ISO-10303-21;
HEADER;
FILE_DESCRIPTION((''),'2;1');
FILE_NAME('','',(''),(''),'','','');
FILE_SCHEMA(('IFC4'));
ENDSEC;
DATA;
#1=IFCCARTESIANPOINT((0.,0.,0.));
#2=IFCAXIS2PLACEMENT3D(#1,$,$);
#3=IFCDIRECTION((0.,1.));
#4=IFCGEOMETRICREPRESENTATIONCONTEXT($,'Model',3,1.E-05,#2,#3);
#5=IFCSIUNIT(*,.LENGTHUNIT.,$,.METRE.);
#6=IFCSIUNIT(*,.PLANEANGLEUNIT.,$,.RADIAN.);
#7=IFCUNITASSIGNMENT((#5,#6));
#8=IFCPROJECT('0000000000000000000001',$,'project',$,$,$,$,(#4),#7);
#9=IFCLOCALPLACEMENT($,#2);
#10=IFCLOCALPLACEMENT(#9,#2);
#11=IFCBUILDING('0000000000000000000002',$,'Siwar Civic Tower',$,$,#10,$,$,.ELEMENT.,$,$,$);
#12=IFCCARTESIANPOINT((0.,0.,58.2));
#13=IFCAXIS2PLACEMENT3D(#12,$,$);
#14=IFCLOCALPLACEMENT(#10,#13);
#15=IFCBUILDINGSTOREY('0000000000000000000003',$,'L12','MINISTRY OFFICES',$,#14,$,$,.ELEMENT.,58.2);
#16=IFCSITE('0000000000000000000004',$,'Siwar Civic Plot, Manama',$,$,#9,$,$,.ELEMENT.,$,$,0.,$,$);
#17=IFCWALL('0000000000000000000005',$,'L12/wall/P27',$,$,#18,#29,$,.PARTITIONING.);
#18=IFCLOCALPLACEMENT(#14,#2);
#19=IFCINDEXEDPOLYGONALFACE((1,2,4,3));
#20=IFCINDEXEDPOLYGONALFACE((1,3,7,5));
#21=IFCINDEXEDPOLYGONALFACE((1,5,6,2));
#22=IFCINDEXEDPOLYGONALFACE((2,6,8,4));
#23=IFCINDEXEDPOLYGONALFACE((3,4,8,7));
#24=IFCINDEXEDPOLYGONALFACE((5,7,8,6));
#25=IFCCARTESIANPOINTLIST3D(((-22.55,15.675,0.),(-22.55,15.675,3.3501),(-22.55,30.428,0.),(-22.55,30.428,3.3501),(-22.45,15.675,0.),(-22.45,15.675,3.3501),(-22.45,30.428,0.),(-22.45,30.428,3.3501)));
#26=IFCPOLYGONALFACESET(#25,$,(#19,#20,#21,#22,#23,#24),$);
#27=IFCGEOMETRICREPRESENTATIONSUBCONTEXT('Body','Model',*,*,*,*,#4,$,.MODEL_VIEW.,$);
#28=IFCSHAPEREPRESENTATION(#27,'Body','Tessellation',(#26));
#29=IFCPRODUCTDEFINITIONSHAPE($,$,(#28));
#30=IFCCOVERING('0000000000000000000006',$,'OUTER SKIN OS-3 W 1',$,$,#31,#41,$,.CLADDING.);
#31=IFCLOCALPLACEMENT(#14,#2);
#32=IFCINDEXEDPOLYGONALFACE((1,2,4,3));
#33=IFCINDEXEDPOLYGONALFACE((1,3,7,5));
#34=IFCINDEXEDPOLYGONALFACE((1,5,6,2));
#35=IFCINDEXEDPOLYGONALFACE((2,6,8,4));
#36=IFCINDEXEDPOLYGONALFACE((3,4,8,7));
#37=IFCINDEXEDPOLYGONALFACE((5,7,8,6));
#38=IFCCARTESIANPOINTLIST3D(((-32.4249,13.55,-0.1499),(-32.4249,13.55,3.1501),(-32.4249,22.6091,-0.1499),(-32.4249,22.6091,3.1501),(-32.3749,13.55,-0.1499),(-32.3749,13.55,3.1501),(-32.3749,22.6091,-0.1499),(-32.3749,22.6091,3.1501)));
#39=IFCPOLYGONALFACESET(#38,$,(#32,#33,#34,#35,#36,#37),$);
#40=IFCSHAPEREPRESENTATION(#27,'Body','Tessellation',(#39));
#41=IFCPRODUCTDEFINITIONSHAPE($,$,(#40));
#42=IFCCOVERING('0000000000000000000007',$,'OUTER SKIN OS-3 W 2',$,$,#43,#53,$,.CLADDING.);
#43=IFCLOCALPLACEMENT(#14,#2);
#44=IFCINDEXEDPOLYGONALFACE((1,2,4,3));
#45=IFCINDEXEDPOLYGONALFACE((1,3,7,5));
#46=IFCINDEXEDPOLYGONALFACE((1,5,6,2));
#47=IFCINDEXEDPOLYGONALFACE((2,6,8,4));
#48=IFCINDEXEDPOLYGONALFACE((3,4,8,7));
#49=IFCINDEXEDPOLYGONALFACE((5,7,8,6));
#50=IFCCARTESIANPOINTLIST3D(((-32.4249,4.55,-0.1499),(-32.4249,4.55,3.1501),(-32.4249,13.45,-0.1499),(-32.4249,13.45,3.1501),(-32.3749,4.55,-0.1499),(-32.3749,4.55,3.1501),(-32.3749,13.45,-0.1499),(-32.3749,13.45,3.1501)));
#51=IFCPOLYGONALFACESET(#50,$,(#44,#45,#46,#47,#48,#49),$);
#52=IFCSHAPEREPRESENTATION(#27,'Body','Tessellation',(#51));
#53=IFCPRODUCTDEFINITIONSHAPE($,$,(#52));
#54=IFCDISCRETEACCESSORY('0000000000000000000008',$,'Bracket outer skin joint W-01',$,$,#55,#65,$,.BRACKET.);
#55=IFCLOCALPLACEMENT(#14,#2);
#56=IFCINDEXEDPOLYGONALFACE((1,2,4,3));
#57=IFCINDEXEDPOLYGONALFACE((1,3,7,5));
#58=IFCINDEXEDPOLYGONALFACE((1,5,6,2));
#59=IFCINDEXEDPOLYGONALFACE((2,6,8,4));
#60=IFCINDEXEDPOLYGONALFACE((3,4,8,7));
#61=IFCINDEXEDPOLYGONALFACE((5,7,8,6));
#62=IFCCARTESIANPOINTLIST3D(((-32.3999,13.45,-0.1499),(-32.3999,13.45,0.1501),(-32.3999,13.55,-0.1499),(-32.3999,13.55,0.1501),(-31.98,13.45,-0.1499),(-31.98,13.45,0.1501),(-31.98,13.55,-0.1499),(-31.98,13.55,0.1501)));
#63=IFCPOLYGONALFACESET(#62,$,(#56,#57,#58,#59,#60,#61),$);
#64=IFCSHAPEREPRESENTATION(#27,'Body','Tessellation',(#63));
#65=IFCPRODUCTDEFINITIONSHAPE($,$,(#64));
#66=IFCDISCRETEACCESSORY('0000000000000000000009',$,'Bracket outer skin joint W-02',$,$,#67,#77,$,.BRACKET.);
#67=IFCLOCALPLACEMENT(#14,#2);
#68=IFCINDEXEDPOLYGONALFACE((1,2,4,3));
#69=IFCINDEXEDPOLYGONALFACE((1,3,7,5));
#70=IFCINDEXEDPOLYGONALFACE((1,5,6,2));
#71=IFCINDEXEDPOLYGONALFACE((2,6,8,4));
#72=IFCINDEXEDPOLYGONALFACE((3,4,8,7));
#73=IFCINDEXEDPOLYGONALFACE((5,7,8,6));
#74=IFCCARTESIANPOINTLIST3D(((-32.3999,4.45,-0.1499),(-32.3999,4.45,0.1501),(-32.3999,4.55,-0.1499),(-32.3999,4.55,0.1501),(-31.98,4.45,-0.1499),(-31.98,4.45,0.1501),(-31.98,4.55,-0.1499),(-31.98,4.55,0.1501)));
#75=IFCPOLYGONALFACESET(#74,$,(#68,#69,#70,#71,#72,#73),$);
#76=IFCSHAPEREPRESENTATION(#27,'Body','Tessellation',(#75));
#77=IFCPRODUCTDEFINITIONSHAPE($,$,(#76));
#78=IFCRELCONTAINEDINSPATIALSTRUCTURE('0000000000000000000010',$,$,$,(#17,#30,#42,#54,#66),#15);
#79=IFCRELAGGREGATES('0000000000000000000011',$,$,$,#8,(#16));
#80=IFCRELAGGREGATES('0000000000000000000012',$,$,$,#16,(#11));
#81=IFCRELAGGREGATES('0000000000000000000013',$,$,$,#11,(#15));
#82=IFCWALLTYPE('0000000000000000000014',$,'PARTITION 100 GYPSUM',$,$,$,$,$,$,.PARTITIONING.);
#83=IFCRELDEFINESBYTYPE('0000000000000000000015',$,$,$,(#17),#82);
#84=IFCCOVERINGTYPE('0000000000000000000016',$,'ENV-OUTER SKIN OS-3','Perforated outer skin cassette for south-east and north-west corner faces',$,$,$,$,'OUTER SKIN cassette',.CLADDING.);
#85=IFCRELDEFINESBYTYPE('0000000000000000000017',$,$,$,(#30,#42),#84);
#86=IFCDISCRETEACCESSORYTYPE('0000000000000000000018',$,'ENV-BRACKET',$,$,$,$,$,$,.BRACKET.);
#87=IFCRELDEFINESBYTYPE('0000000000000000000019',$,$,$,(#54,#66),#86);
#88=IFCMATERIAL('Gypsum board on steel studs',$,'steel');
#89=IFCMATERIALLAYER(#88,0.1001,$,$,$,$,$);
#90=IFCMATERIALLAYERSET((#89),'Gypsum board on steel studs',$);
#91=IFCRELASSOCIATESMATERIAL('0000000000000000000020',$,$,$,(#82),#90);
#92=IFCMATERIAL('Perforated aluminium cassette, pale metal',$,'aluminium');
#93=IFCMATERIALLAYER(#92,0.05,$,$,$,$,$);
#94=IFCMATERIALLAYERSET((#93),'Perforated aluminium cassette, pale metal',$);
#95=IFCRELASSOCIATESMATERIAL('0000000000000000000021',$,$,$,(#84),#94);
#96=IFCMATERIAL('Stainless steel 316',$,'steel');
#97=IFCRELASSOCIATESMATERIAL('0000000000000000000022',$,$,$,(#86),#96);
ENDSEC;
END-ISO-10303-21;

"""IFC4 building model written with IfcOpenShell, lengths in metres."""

from ifc_helpers import new_model, si_unit, direction, frame, frame_2d, origin, origin_2d, place, context, subcontext, project, spatial, rectangle, extrude, material, layer, layer_set, type_object, element, save


model = new_model("IFC4")

# Units and contexts
model_context = context("Model", 3, precision=1e-05, world=origin(), true_north=direction((0.0, 1.0)))
body_context = subcontext(model_context, "Body", "Model", "MODEL_VIEW")
ifc_project = project(units=[si_unit("LENGTHUNIT", "METRE"), si_unit("PLANEANGLEUNIT", "RADIAN")], contexts=[model_context])

# Site, building, storey
site_placement = place(None, origin())
site = spatial("IfcSite", under=ifc_project, at=site_placement, Name="Siwar Civic Plot, Manama", CompositionType="ELEMENT", RefElevation=0.0)
building_placement = place(site_placement, origin())
building = spatial("IfcBuilding", under=site, at=building_placement, Name="Siwar Civic Tower", CompositionType="ELEMENT")
storey_placement = place(building_placement, frame((0.0, 0.0, 58.2)))
storey = spatial("IfcBuildingStorey", under=building, at=storey_placement, Name="L12", Description="MINISTRY OFFICES", CompositionType="ELEMENT", Elevation=58.2)

# Shared definitions
ifc_material_1 = material(Name="Gypsum board on steel studs", Category="steel")
ifc_layer_1 = layer(ifc_material_1, 0.1001)
ifc_layer_set_1 = layer_set([ifc_layer_1], Name="Gypsum board on steel studs")
wall_type_1 = type_object("IfcWallType", Name="PARTITION 100 GYPSUM", PredefinedType="PARTITIONING", material=ifc_layer_set_1)

# Wall
wall_1_placement = place(storey_placement, frame((-22.5, 15.675, 0.0), z_axis=(0.0, 0.0, 1.0), x_axis=(0.0, 1.0, 0.0)))
element("IfcWall", 1, at=wall_1_placement, inside=storey, type_object=wall_type_1, Name="L12/wall/P27", PredefinedType="PARTITIONING", context=body_context, shape_type="SweptSolid", body=[
    extrude(rectangle(XDim=14.7529, YDim=0.1001, at=frame_2d((7.3765, 0.0))), origin(), (0.0, 0.0, 1.0), 3.3501),
])

# Coverings
ifc_material_2 = material(Name="Perforated aluminium cassette, pale metal", Category="aluminium")
ifc_layer_2 = layer(ifc_material_2, 0.05)
ifc_layer_set_2 = layer_set([ifc_layer_2], Name="Perforated aluminium cassette, pale metal")
covering_type = type_object("IfcCoveringType", Name="ENV-OUTER SKIN OS-3", Description="Perforated outer skin cassette for south-east and north-west corner faces", ElementType="OUTER SKIN cassette", PredefinedType="CLADDING", material=ifc_layer_set_2)
covering_1_placement = place(storey_placement, frame((-32.3999, 18.0796, -0.1499), z_axis=(0.0, 0.0, 1.0), x_axis=(0.0, -1.0, 0.0)))
element("IfcCovering", 2, at=covering_1_placement, inside=storey, type_object=covering_type, Name="OUTER SKIN OS-3 W 1", PredefinedType="CLADDING", context=body_context, shape_type="SweptSolid", body=[
    extrude(rectangle(XDim=9.0591, YDim=0.05, at=origin_2d()), origin(), (0.0, 0.0, 1.0), 3.3),
])
covering_2_placement = place(storey_placement, frame((-32.3999, 9.0, -0.1499), z_axis=(0.0, 0.0, 1.0), x_axis=(0.0, -1.0, 0.0)))
element("IfcCovering", 3, at=covering_2_placement, inside=storey, type_object=covering_type, Name="OUTER SKIN OS-3 W 2", PredefinedType="CLADDING", context=body_context, shape_type="SweptSolid", body=[
    extrude(rectangle(XDim=8.8999, YDim=0.05, at=origin_2d()), origin(), (0.0, 0.0, 1.0), 3.3),
])

# Discrete accessories
ifc_material_3 = material(Name="Stainless steel 316", Category="steel")
discrete_accessory_type = type_object("IfcDiscreteAccessoryType", Name="ENV-BRACKET", PredefinedType="BRACKET", material=ifc_material_3)
for number, where, z_axis, x_axis, name in (
    (4, (-32.1899, 13.5, -0.1499), (0.0, 0.0, 1.0), (-1.0, 0.0, 0.0), "Bracket outer skin joint W-01"),
    (5, (-32.1899, 4.5, -0.1499), (0.0, 0.0, 1.0), (-1.0, 0.0, 0.0), "Bracket outer skin joint W-02"),
):
    element("IfcDiscreteAccessory", number, at=place(storey_placement, frame(where, z_axis=z_axis, x_axis=x_axis)), inside=storey, type_object=discrete_accessory_type, Name=name, PredefinedType="BRACKET", context=body_context, shape_type="SweptSolid", body=[
        extrude(rectangle(XDim=0.4199, YDim=0.1001, at=origin_2d()), origin(), (0.0, 0.0, 1.0), 0.3),
    ])

save(model, "model.ifc")
